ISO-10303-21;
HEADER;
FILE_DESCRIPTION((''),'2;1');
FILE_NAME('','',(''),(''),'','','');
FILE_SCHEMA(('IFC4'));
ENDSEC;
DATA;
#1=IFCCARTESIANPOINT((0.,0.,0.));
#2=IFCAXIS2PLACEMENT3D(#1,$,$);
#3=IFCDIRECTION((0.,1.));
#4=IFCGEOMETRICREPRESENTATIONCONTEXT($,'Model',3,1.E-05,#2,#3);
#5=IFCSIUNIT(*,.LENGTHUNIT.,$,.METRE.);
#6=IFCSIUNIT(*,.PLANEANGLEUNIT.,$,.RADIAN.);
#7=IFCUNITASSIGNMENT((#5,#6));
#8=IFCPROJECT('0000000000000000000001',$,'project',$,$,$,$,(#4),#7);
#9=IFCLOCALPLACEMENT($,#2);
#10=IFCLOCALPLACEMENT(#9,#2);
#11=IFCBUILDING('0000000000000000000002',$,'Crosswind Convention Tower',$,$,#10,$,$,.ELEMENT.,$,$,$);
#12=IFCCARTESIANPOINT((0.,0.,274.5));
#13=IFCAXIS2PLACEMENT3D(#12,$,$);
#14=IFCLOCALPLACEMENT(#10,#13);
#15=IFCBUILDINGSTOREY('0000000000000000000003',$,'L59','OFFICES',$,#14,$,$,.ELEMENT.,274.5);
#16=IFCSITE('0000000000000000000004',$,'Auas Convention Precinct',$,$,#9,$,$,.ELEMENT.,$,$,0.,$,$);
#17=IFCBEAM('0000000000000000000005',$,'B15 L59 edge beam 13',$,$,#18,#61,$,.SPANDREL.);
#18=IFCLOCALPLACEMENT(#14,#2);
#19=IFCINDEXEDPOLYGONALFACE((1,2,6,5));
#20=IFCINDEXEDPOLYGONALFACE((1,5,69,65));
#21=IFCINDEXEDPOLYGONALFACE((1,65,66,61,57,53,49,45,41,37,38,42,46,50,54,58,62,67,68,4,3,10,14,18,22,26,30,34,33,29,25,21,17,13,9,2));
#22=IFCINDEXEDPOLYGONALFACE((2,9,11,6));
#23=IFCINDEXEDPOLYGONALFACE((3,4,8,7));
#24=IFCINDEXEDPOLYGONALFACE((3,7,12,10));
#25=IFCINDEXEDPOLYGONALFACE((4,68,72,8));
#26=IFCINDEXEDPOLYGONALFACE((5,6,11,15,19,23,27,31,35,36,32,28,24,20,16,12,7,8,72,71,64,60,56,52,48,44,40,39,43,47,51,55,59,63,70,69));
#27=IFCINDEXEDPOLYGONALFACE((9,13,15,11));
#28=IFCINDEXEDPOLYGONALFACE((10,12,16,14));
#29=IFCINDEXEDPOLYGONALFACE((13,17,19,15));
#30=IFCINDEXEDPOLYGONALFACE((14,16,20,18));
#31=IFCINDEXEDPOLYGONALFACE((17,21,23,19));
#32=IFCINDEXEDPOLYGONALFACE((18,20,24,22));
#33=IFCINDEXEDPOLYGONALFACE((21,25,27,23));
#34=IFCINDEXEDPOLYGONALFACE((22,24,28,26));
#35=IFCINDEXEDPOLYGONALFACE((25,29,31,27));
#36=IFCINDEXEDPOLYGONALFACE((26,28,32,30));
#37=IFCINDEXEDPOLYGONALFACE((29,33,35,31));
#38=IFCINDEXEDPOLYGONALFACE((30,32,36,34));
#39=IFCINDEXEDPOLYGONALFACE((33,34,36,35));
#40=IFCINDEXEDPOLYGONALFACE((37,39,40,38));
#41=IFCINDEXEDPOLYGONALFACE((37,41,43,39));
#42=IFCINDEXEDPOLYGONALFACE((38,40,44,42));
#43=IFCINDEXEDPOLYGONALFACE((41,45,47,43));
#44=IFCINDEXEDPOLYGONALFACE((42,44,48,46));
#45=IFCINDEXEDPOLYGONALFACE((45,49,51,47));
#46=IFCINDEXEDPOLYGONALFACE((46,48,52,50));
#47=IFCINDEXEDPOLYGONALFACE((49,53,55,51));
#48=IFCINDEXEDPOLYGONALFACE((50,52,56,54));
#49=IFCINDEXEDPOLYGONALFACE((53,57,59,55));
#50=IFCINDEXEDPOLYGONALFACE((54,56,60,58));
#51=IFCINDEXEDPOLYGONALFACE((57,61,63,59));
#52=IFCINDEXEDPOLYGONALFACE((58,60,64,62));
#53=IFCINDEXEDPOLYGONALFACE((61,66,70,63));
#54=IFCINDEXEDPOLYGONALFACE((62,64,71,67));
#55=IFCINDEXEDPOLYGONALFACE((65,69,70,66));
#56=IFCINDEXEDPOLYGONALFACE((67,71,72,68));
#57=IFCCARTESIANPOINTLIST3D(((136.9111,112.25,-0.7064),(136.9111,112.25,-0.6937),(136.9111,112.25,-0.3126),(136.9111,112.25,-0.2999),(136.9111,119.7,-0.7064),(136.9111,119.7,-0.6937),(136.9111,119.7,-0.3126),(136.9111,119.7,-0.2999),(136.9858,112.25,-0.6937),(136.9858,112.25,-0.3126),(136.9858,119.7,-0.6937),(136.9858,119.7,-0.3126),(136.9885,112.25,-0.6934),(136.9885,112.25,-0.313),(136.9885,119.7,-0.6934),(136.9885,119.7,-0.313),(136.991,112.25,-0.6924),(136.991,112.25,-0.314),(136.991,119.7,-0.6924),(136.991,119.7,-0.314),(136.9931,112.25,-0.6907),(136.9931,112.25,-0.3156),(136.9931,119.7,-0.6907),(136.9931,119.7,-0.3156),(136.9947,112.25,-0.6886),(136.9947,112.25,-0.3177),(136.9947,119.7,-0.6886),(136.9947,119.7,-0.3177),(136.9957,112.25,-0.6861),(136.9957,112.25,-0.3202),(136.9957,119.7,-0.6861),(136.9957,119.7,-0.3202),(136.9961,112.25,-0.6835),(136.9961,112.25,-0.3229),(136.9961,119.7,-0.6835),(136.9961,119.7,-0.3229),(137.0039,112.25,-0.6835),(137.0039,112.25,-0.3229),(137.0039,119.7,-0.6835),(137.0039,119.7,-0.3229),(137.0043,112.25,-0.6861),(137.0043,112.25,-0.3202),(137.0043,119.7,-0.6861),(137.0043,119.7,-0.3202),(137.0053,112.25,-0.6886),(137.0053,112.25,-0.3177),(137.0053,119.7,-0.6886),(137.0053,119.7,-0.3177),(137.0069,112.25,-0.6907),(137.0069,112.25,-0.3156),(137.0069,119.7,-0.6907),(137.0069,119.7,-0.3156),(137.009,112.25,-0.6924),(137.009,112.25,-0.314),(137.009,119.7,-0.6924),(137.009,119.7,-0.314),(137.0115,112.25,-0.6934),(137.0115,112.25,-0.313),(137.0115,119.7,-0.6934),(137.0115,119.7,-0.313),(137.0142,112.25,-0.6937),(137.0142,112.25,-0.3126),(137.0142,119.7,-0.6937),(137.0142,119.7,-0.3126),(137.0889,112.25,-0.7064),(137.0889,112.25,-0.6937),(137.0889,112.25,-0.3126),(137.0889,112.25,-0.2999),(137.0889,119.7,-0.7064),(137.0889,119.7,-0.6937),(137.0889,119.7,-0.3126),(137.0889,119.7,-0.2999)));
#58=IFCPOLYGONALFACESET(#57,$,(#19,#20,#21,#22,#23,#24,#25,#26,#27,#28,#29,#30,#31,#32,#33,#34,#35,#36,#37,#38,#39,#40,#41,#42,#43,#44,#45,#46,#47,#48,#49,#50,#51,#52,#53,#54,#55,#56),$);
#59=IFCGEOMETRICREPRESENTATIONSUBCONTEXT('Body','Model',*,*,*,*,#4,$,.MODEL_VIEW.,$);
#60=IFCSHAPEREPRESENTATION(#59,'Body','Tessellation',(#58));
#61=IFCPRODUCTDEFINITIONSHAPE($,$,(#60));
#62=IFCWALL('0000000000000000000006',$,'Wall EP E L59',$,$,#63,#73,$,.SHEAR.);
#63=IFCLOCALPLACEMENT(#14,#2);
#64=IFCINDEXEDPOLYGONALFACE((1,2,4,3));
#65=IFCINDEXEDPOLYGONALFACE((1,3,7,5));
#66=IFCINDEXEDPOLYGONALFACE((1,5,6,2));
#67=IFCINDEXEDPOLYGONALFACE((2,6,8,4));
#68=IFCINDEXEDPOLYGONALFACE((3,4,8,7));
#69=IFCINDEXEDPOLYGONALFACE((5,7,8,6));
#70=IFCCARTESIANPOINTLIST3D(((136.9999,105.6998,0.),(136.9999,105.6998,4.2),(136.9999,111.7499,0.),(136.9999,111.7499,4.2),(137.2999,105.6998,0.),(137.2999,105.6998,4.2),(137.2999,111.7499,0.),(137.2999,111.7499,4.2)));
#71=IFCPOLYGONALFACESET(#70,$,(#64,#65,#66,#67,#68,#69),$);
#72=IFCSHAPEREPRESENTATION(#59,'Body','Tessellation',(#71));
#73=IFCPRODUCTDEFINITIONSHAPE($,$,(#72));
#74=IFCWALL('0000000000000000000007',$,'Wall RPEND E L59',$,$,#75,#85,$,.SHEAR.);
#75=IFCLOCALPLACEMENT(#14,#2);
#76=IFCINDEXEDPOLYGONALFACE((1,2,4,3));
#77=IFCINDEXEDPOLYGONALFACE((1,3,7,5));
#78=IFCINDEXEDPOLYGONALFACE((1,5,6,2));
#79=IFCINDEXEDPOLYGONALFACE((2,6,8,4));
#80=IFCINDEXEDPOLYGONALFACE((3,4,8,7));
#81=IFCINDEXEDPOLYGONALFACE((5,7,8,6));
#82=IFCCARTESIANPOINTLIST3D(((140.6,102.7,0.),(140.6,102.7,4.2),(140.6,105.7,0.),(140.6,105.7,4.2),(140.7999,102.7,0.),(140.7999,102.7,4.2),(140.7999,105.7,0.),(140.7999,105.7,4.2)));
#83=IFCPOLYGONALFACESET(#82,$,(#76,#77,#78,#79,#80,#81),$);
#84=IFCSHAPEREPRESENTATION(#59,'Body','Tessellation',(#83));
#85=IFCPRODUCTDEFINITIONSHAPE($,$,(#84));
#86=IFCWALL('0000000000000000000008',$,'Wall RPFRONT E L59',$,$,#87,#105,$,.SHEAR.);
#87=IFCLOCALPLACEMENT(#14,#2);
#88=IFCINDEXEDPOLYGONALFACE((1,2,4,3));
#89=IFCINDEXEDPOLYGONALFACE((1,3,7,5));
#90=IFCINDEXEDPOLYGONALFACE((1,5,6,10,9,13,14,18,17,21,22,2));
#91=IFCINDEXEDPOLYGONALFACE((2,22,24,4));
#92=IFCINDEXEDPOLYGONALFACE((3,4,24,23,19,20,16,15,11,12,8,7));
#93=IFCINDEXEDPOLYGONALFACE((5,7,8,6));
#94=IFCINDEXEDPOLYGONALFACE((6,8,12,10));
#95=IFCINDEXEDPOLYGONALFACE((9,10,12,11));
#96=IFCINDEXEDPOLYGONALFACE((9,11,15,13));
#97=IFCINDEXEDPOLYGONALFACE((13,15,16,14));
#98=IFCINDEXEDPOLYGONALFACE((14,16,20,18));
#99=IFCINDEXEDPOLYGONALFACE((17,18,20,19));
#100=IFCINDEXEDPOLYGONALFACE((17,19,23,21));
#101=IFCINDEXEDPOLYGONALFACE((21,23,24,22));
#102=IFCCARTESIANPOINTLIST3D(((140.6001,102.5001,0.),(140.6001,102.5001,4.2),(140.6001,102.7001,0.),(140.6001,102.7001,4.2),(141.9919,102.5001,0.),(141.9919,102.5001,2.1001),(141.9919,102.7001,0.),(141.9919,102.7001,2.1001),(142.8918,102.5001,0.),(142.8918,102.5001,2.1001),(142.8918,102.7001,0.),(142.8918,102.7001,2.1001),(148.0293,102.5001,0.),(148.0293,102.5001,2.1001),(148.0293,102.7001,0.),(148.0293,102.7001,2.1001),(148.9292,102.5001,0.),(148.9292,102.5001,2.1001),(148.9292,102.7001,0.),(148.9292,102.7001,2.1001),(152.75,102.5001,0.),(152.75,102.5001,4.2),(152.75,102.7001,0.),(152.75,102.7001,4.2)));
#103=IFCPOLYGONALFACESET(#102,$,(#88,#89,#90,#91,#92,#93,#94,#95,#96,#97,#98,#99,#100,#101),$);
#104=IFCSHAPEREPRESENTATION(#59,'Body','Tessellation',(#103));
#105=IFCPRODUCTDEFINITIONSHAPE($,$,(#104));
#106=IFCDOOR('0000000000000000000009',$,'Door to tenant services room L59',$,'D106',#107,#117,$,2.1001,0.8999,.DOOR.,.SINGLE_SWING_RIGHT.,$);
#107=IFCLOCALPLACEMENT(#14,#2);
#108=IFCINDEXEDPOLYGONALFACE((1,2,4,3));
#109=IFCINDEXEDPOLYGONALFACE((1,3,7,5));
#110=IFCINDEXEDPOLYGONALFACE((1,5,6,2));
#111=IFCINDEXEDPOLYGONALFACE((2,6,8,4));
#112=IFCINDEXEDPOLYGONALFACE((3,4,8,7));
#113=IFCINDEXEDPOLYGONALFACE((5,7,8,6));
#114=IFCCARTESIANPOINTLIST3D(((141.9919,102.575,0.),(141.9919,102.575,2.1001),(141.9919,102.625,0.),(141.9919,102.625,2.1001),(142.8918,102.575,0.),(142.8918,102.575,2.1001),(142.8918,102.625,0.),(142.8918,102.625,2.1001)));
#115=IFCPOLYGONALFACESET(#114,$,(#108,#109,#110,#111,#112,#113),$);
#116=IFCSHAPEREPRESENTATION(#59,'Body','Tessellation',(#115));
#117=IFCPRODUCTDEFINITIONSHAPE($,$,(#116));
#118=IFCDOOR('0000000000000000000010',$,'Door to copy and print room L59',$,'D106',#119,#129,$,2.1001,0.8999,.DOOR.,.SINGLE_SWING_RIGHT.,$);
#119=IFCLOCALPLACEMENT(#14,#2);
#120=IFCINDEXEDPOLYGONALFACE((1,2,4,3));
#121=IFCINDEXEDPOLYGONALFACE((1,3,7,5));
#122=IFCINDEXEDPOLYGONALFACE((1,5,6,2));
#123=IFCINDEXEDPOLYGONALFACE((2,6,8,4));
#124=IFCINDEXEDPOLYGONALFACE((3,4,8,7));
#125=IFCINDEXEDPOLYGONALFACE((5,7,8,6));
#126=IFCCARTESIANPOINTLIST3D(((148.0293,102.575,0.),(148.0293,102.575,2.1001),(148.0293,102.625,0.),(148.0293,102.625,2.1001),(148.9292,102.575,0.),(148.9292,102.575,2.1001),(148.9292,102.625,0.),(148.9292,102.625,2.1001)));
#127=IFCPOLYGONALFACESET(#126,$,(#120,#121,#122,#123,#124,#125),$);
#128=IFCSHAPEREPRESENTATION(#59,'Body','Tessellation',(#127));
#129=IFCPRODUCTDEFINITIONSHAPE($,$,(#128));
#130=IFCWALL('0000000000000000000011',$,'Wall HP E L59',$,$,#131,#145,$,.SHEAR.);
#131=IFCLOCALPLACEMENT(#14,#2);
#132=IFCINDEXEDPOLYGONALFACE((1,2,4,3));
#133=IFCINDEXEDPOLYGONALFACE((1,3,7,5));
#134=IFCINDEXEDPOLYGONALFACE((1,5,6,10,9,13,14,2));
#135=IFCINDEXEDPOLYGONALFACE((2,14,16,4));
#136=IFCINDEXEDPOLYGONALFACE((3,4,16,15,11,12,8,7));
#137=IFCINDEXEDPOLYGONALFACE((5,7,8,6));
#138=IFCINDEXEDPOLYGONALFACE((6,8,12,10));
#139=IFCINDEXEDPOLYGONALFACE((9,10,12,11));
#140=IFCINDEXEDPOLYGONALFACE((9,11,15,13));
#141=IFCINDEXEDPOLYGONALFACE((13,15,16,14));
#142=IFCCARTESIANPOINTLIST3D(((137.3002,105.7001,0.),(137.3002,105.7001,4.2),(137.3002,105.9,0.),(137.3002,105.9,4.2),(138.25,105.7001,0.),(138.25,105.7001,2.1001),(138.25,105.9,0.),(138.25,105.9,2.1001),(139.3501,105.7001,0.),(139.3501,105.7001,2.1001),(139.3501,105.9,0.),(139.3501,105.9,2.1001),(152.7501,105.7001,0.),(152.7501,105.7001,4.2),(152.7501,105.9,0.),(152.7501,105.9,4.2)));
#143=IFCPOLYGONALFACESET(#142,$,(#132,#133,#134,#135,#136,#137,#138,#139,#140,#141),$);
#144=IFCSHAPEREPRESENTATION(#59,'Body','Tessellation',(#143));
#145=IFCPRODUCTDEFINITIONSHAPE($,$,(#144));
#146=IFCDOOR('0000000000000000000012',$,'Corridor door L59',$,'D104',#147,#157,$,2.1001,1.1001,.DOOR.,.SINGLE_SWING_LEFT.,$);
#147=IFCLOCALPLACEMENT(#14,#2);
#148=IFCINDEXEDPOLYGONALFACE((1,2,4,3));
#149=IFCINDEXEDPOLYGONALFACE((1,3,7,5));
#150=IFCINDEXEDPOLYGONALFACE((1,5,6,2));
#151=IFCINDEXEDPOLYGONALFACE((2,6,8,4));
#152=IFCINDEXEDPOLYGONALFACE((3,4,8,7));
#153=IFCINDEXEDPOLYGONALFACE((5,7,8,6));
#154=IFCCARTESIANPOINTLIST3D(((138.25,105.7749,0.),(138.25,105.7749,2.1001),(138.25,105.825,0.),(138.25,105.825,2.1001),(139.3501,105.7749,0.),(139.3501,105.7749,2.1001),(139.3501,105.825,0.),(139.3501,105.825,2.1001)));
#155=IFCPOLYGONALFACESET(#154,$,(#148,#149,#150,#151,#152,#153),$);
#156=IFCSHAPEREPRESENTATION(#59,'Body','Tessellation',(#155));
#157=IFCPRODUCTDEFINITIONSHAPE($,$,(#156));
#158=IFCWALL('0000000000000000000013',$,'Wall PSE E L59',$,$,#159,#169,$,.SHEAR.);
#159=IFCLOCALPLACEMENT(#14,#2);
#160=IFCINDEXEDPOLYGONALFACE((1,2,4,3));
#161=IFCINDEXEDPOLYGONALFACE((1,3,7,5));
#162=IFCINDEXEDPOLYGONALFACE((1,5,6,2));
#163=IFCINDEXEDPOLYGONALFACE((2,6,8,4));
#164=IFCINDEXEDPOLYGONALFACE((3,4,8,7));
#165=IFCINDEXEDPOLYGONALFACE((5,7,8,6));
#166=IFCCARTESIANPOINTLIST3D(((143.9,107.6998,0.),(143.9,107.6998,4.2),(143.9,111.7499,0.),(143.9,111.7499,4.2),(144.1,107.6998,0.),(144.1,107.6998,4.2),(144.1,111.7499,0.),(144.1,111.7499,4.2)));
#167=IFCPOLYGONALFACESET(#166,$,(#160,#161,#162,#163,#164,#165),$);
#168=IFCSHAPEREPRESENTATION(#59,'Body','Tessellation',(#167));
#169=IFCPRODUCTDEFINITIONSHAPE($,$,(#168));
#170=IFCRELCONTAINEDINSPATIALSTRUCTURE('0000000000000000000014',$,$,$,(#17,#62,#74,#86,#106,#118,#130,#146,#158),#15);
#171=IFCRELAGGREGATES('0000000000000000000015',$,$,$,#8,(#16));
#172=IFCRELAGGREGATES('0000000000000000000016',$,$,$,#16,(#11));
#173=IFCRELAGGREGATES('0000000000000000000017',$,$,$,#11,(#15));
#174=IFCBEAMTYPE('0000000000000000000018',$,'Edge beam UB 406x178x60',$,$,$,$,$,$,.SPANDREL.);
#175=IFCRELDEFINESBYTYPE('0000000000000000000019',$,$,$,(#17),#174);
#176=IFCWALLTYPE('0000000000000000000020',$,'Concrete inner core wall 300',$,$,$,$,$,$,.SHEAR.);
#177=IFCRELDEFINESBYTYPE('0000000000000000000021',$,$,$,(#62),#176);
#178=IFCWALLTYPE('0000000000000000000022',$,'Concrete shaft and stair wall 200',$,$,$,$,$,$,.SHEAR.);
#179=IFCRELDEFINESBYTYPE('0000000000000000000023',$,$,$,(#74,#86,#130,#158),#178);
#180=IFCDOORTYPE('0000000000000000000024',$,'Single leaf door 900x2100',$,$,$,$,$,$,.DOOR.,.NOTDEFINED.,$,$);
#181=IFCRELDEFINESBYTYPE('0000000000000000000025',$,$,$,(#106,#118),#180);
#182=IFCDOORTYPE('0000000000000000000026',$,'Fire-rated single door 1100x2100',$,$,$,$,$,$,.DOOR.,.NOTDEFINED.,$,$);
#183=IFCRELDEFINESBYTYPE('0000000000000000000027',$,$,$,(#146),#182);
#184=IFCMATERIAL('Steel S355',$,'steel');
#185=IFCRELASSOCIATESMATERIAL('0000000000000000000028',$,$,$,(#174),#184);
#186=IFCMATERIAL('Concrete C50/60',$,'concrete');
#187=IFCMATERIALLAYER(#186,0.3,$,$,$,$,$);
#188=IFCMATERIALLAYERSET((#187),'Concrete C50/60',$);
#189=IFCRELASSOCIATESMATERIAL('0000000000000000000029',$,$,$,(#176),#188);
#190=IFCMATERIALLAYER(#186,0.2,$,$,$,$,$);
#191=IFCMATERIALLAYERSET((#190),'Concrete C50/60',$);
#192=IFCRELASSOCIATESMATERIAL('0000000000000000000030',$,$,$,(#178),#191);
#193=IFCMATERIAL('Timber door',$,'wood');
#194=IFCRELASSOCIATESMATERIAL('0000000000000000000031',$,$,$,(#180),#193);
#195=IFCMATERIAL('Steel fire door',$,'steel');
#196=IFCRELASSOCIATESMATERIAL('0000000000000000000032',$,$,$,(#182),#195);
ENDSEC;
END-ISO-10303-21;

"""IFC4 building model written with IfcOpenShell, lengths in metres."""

from ifc_helpers import new_model, si_unit, direction, frame, frame_2d, origin, origin_2d, place, context, subcontext, project, spatial, rectangle, i_section, extrude, material, layer, layer_set, material_profile, profile_set, type_object, element, fill, save


model = new_model("IFC4")

# Units and contexts
model_context = context("Model", 3, precision=1e-05, world=origin(), true_north=direction((0.0, 1.0)))
body_context = subcontext(model_context, "Body", "Model", "MODEL_VIEW")
ifc_project = project(units=[si_unit("LENGTHUNIT", "METRE"), si_unit("PLANEANGLEUNIT", "RADIAN")], contexts=[model_context])

# Site, building, storey
site_placement = place(None, origin())
site = spatial("IfcSite", under=ifc_project, at=site_placement, Name="Auas Convention Precinct", CompositionType="ELEMENT", RefElevation=0.0)
building_placement = place(site_placement, origin())
building = spatial("IfcBuilding", under=site, at=building_placement, Name="Crosswind Convention Tower", CompositionType="ELEMENT")
storey_placement = place(building_placement, frame((0.0, 0.0, 274.5)))
storey = spatial("IfcBuildingStorey", under=building, at=storey_placement, Name="L59", Description="OFFICES", CompositionType="ELEMENT", Elevation=274.5)

# Beam
ifc_material_1 = material(Name="Steel S355", Category="steel")
ifc_material_profile = material_profile(ifc_material_1, i_section(OverallWidth=0.1777, OverallDepth=0.4065, WebThickness=0.0078, FlangeThickness=0.0127, FilletRadius=0.0103, at=origin_2d()), Name="UB 406x178x60")
ifc_profile_set = profile_set([ifc_material_profile], Name="Steel S355")
beam_type = type_object("IfcBeamType", Name="Edge beam UB 406x178x60", PredefinedType="SPANDREL", material=ifc_profile_set)
beam_placement = place(storey_placement, frame((137.0, 112.25, -0.5032), z_axis=(0.0, 1.0, 0.0), x_axis=(-1.0, 0.0, 0.0)))
element("IfcBeam", 1, at=beam_placement, inside=storey, type_object=beam_type, Name="B15 L59 edge beam 13", PredefinedType="SPANDREL", context=body_context, shape_type="SweptSolid", body=[
    extrude(i_section(OverallWidth=0.1777, OverallDepth=0.4065, WebThickness=0.0078, FlangeThickness=0.0127, FilletRadius=0.0103, at=origin_2d()), origin(), (0.0, 0.0, 1.0), 7.45),
])

# Walls
ifc_material_2 = material(Name="Concrete C50/60", Category="concrete")
ifc_layer_1 = layer(ifc_material_2, 0.3)
ifc_layer_set_1 = layer_set([ifc_layer_1], Name="Concrete C50/60")
wall_type_1 = type_object("IfcWallType", Name="Concrete inner core wall 300", PredefinedType="SHEAR", material=ifc_layer_set_1)
wall_1_placement = place(storey_placement, frame((137.1499, 105.7, 0.0), z_axis=(0.0, 0.0, 1.0), x_axis=(0.0, 1.0, 0.0)))
element("IfcWall", 2, at=wall_1_placement, inside=storey, type_object=wall_type_1, Name="Wall EP E L59", PredefinedType="SHEAR", context=body_context, shape_type="SweptSolid", body=[
    extrude(rectangle(XDim=6.05, YDim=0.3, at=frame_2d((3.0249, 0.0))), origin(), (0.0, 0.0, 1.0), 4.2),
])
ifc_layer_2 = layer(ifc_material_2, 0.2)
ifc_layer_set_2 = layer_set([ifc_layer_2], Name="Concrete C50/60")
wall_type_2 = type_object("IfcWallType", Name="Concrete shaft and stair wall 200", PredefinedType="SHEAR", material=ifc_layer_set_2)
wall_2_placement = place(storey_placement, frame((140.7, 102.7, 0.0), z_axis=(0.0, 0.0, 1.0), x_axis=(0.0, 1.0, 0.0)))
element("IfcWall", 3, at=wall_2_placement, inside=storey, type_object=wall_type_2, Name="Wall RPEND E L59", PredefinedType="SHEAR", context=body_context, shape_type="SweptSolid", body=[
    extrude(rectangle(XDim=3.0, YDim=0.2, at=frame_2d((1.5, 0.0))), origin(), (0.0, 0.0, 1.0), 4.2),
])

# Wall, openings, doors
wall_3_placement = place(storey_placement, frame((140.6001, 102.6001, 0.0), z_axis=(0.0, 0.0, 1.0), x_axis=(1.0, 0.0, 0.0)))
wall_3 = element("IfcWall", 4, at=wall_3_placement, inside=storey, type_object=wall_type_2, Name="Wall RPFRONT E L59", PredefinedType="SHEAR", context=body_context, shape_type="SweptSolid", body=[
    extrude(rectangle(XDim=12.1499, YDim=0.2, at=frame_2d((6.075, 0.0))), origin(), (0.0, 0.0, 1.0), 4.2),
])
opening_1_placement = place(wall_3_placement, frame((1.3918, 0.0, 0.0)))
opening_1 = element("IfcOpeningElement", 5, at=opening_1_placement, cuts=wall_3, PredefinedType="OPENING", context=body_context, shape_type="SweptSolid", body=[
    extrude(rectangle(XDim=0.8999, YDim=2.1001, at=frame_2d((0.45, 1.05))), frame((0.0, 0.1099, 0.0), z_axis=(0.0, -1.0, 0.0), x_axis=(1.0, 0.0, 0.0)), (0.0, 0.0, 1.0), 0.22),
])
opening_2_placement = place(wall_3_placement, frame((7.4292, 0.0, 0.0)))
opening_2 = element("IfcOpeningElement", 6, at=opening_2_placement, cuts=wall_3, PredefinedType="OPENING", context=body_context, shape_type="SweptSolid", body=[
    extrude(rectangle(XDim=0.8999, YDim=2.1001, at=frame_2d((0.45, 1.05))), frame((0.0, 0.1099, 0.0), z_axis=(0.0, -1.0, 0.0), x_axis=(1.0, 0.0, 0.0)), (0.0, 0.0, 1.0), 0.22),
])
ifc_material_3 = material(Name="Timber door", Category="wood")
door_type_1 = type_object("IfcDoorType", Name="Single leaf door 900x2100", OperationType="NOTDEFINED", PredefinedType="DOOR", material=ifc_material_3)
door_1_placement = place(opening_1_placement, origin())
door_1 = element("IfcDoor", 7, at=door_1_placement, inside=storey, type_object=door_type_1, Name="Door to tenant services room L59", ObjectType="D106", OperationType="SINGLE_SWING_RIGHT", OverallHeight=2.1001, OverallWidth=0.8999, PredefinedType="DOOR", context=body_context, shape_type="SweptSolid", body=[
    extrude(rectangle(XDim=0.8999, YDim=2.1001, at=frame_2d((0.45, 1.05))), frame((0.0, 0.0249, 0.0), z_axis=(0.0, -1.0, 0.0), x_axis=(1.0, 0.0, 0.0)), (0.0, 0.0, 1.0), 0.05),
])
fill(opening_1, door_1)
door_2_placement = place(opening_2_placement, origin())
door_2 = element("IfcDoor", 8, at=door_2_placement, inside=storey, type_object=door_type_1, Name="Door to copy and print room L59", ObjectType="D106", OperationType="SINGLE_SWING_RIGHT", OverallHeight=2.1001, OverallWidth=0.8999, PredefinedType="DOOR", context=body_context, shape_type="SweptSolid", body=[
    extrude(rectangle(XDim=0.8999, YDim=2.1001, at=frame_2d((0.45, 1.05))), frame((0.0, 0.0249, 0.0), z_axis=(0.0, -1.0, 0.0), x_axis=(1.0, 0.0, 0.0)), (0.0, 0.0, 1.0), 0.05),
])
fill(opening_2, door_2)

# Wall, opening, door
wall_4_placement = place(storey_placement, frame((137.3, 105.8, 0.0), z_axis=(0.0, 0.0, 1.0), x_axis=(1.0, 0.0, 0.0)))
wall_4 = element("IfcWall", 9, at=wall_4_placement, inside=storey, type_object=wall_type_2, Name="Wall HP E L59", PredefinedType="SHEAR", context=body_context, shape_type="SweptSolid", body=[
    extrude(rectangle(XDim=15.45, YDim=0.2, at=frame_2d((7.7251, 0.0))), origin(), (0.0, 0.0, 1.0), 4.2),
])
opening_3_placement = place(wall_4_placement, frame((0.95, 0.0, 0.0)))
opening_3 = element("IfcOpeningElement", 10, at=opening_3_placement, cuts=wall_4, PredefinedType="OPENING", context=body_context, shape_type="SweptSolid", body=[
    extrude(rectangle(XDim=1.1001, YDim=2.1001, at=frame_2d((0.55, 1.05))), frame((0.0, 0.1099, 0.0), z_axis=(0.0, -1.0, 0.0), x_axis=(1.0, 0.0, 0.0)), (0.0, 0.0, 1.0), 0.22),
])
ifc_material_4 = material(Name="Steel fire door", Category="steel")
door_type_2 = type_object("IfcDoorType", Name="Fire-rated single door 1100x2100", OperationType="NOTDEFINED", PredefinedType="DOOR", material=ifc_material_4)
door_3_placement = place(opening_3_placement, origin())
door_3 = element("IfcDoor", 11, at=door_3_placement, inside=storey, type_object=door_type_2, Name="Corridor door L59", ObjectType="D104", OperationType="SINGLE_SWING_LEFT", OverallHeight=2.1001, OverallWidth=1.1001, PredefinedType="DOOR", context=body_context, shape_type="SweptSolid", body=[
    extrude(rectangle(XDim=1.1001, YDim=2.1001, at=frame_2d((0.55, 1.05))), frame((0.0, 0.0249, 0.0), z_axis=(0.0, -1.0, 0.0), x_axis=(1.0, 0.0, 0.0)), (0.0, 0.0, 1.0), 0.05),
])
fill(opening_3, door_3)

# Wall
wall_5_placement = place(storey_placement, frame((144.0, 107.7, 0.0), z_axis=(0.0, 0.0, 1.0), x_axis=(0.0, 1.0, 0.0)))
element("IfcWall", 12, at=wall_5_placement, inside=storey, type_object=wall_type_2, Name="Wall PSE E L59", PredefinedType="SHEAR", context=body_context, shape_type="SweptSolid", body=[
    extrude(rectangle(XDim=4.05, YDim=0.2, at=frame_2d((2.0249, 0.0))), origin(), (0.0, 0.0, 1.0), 4.2),
])

save(model, "model.ifc")
